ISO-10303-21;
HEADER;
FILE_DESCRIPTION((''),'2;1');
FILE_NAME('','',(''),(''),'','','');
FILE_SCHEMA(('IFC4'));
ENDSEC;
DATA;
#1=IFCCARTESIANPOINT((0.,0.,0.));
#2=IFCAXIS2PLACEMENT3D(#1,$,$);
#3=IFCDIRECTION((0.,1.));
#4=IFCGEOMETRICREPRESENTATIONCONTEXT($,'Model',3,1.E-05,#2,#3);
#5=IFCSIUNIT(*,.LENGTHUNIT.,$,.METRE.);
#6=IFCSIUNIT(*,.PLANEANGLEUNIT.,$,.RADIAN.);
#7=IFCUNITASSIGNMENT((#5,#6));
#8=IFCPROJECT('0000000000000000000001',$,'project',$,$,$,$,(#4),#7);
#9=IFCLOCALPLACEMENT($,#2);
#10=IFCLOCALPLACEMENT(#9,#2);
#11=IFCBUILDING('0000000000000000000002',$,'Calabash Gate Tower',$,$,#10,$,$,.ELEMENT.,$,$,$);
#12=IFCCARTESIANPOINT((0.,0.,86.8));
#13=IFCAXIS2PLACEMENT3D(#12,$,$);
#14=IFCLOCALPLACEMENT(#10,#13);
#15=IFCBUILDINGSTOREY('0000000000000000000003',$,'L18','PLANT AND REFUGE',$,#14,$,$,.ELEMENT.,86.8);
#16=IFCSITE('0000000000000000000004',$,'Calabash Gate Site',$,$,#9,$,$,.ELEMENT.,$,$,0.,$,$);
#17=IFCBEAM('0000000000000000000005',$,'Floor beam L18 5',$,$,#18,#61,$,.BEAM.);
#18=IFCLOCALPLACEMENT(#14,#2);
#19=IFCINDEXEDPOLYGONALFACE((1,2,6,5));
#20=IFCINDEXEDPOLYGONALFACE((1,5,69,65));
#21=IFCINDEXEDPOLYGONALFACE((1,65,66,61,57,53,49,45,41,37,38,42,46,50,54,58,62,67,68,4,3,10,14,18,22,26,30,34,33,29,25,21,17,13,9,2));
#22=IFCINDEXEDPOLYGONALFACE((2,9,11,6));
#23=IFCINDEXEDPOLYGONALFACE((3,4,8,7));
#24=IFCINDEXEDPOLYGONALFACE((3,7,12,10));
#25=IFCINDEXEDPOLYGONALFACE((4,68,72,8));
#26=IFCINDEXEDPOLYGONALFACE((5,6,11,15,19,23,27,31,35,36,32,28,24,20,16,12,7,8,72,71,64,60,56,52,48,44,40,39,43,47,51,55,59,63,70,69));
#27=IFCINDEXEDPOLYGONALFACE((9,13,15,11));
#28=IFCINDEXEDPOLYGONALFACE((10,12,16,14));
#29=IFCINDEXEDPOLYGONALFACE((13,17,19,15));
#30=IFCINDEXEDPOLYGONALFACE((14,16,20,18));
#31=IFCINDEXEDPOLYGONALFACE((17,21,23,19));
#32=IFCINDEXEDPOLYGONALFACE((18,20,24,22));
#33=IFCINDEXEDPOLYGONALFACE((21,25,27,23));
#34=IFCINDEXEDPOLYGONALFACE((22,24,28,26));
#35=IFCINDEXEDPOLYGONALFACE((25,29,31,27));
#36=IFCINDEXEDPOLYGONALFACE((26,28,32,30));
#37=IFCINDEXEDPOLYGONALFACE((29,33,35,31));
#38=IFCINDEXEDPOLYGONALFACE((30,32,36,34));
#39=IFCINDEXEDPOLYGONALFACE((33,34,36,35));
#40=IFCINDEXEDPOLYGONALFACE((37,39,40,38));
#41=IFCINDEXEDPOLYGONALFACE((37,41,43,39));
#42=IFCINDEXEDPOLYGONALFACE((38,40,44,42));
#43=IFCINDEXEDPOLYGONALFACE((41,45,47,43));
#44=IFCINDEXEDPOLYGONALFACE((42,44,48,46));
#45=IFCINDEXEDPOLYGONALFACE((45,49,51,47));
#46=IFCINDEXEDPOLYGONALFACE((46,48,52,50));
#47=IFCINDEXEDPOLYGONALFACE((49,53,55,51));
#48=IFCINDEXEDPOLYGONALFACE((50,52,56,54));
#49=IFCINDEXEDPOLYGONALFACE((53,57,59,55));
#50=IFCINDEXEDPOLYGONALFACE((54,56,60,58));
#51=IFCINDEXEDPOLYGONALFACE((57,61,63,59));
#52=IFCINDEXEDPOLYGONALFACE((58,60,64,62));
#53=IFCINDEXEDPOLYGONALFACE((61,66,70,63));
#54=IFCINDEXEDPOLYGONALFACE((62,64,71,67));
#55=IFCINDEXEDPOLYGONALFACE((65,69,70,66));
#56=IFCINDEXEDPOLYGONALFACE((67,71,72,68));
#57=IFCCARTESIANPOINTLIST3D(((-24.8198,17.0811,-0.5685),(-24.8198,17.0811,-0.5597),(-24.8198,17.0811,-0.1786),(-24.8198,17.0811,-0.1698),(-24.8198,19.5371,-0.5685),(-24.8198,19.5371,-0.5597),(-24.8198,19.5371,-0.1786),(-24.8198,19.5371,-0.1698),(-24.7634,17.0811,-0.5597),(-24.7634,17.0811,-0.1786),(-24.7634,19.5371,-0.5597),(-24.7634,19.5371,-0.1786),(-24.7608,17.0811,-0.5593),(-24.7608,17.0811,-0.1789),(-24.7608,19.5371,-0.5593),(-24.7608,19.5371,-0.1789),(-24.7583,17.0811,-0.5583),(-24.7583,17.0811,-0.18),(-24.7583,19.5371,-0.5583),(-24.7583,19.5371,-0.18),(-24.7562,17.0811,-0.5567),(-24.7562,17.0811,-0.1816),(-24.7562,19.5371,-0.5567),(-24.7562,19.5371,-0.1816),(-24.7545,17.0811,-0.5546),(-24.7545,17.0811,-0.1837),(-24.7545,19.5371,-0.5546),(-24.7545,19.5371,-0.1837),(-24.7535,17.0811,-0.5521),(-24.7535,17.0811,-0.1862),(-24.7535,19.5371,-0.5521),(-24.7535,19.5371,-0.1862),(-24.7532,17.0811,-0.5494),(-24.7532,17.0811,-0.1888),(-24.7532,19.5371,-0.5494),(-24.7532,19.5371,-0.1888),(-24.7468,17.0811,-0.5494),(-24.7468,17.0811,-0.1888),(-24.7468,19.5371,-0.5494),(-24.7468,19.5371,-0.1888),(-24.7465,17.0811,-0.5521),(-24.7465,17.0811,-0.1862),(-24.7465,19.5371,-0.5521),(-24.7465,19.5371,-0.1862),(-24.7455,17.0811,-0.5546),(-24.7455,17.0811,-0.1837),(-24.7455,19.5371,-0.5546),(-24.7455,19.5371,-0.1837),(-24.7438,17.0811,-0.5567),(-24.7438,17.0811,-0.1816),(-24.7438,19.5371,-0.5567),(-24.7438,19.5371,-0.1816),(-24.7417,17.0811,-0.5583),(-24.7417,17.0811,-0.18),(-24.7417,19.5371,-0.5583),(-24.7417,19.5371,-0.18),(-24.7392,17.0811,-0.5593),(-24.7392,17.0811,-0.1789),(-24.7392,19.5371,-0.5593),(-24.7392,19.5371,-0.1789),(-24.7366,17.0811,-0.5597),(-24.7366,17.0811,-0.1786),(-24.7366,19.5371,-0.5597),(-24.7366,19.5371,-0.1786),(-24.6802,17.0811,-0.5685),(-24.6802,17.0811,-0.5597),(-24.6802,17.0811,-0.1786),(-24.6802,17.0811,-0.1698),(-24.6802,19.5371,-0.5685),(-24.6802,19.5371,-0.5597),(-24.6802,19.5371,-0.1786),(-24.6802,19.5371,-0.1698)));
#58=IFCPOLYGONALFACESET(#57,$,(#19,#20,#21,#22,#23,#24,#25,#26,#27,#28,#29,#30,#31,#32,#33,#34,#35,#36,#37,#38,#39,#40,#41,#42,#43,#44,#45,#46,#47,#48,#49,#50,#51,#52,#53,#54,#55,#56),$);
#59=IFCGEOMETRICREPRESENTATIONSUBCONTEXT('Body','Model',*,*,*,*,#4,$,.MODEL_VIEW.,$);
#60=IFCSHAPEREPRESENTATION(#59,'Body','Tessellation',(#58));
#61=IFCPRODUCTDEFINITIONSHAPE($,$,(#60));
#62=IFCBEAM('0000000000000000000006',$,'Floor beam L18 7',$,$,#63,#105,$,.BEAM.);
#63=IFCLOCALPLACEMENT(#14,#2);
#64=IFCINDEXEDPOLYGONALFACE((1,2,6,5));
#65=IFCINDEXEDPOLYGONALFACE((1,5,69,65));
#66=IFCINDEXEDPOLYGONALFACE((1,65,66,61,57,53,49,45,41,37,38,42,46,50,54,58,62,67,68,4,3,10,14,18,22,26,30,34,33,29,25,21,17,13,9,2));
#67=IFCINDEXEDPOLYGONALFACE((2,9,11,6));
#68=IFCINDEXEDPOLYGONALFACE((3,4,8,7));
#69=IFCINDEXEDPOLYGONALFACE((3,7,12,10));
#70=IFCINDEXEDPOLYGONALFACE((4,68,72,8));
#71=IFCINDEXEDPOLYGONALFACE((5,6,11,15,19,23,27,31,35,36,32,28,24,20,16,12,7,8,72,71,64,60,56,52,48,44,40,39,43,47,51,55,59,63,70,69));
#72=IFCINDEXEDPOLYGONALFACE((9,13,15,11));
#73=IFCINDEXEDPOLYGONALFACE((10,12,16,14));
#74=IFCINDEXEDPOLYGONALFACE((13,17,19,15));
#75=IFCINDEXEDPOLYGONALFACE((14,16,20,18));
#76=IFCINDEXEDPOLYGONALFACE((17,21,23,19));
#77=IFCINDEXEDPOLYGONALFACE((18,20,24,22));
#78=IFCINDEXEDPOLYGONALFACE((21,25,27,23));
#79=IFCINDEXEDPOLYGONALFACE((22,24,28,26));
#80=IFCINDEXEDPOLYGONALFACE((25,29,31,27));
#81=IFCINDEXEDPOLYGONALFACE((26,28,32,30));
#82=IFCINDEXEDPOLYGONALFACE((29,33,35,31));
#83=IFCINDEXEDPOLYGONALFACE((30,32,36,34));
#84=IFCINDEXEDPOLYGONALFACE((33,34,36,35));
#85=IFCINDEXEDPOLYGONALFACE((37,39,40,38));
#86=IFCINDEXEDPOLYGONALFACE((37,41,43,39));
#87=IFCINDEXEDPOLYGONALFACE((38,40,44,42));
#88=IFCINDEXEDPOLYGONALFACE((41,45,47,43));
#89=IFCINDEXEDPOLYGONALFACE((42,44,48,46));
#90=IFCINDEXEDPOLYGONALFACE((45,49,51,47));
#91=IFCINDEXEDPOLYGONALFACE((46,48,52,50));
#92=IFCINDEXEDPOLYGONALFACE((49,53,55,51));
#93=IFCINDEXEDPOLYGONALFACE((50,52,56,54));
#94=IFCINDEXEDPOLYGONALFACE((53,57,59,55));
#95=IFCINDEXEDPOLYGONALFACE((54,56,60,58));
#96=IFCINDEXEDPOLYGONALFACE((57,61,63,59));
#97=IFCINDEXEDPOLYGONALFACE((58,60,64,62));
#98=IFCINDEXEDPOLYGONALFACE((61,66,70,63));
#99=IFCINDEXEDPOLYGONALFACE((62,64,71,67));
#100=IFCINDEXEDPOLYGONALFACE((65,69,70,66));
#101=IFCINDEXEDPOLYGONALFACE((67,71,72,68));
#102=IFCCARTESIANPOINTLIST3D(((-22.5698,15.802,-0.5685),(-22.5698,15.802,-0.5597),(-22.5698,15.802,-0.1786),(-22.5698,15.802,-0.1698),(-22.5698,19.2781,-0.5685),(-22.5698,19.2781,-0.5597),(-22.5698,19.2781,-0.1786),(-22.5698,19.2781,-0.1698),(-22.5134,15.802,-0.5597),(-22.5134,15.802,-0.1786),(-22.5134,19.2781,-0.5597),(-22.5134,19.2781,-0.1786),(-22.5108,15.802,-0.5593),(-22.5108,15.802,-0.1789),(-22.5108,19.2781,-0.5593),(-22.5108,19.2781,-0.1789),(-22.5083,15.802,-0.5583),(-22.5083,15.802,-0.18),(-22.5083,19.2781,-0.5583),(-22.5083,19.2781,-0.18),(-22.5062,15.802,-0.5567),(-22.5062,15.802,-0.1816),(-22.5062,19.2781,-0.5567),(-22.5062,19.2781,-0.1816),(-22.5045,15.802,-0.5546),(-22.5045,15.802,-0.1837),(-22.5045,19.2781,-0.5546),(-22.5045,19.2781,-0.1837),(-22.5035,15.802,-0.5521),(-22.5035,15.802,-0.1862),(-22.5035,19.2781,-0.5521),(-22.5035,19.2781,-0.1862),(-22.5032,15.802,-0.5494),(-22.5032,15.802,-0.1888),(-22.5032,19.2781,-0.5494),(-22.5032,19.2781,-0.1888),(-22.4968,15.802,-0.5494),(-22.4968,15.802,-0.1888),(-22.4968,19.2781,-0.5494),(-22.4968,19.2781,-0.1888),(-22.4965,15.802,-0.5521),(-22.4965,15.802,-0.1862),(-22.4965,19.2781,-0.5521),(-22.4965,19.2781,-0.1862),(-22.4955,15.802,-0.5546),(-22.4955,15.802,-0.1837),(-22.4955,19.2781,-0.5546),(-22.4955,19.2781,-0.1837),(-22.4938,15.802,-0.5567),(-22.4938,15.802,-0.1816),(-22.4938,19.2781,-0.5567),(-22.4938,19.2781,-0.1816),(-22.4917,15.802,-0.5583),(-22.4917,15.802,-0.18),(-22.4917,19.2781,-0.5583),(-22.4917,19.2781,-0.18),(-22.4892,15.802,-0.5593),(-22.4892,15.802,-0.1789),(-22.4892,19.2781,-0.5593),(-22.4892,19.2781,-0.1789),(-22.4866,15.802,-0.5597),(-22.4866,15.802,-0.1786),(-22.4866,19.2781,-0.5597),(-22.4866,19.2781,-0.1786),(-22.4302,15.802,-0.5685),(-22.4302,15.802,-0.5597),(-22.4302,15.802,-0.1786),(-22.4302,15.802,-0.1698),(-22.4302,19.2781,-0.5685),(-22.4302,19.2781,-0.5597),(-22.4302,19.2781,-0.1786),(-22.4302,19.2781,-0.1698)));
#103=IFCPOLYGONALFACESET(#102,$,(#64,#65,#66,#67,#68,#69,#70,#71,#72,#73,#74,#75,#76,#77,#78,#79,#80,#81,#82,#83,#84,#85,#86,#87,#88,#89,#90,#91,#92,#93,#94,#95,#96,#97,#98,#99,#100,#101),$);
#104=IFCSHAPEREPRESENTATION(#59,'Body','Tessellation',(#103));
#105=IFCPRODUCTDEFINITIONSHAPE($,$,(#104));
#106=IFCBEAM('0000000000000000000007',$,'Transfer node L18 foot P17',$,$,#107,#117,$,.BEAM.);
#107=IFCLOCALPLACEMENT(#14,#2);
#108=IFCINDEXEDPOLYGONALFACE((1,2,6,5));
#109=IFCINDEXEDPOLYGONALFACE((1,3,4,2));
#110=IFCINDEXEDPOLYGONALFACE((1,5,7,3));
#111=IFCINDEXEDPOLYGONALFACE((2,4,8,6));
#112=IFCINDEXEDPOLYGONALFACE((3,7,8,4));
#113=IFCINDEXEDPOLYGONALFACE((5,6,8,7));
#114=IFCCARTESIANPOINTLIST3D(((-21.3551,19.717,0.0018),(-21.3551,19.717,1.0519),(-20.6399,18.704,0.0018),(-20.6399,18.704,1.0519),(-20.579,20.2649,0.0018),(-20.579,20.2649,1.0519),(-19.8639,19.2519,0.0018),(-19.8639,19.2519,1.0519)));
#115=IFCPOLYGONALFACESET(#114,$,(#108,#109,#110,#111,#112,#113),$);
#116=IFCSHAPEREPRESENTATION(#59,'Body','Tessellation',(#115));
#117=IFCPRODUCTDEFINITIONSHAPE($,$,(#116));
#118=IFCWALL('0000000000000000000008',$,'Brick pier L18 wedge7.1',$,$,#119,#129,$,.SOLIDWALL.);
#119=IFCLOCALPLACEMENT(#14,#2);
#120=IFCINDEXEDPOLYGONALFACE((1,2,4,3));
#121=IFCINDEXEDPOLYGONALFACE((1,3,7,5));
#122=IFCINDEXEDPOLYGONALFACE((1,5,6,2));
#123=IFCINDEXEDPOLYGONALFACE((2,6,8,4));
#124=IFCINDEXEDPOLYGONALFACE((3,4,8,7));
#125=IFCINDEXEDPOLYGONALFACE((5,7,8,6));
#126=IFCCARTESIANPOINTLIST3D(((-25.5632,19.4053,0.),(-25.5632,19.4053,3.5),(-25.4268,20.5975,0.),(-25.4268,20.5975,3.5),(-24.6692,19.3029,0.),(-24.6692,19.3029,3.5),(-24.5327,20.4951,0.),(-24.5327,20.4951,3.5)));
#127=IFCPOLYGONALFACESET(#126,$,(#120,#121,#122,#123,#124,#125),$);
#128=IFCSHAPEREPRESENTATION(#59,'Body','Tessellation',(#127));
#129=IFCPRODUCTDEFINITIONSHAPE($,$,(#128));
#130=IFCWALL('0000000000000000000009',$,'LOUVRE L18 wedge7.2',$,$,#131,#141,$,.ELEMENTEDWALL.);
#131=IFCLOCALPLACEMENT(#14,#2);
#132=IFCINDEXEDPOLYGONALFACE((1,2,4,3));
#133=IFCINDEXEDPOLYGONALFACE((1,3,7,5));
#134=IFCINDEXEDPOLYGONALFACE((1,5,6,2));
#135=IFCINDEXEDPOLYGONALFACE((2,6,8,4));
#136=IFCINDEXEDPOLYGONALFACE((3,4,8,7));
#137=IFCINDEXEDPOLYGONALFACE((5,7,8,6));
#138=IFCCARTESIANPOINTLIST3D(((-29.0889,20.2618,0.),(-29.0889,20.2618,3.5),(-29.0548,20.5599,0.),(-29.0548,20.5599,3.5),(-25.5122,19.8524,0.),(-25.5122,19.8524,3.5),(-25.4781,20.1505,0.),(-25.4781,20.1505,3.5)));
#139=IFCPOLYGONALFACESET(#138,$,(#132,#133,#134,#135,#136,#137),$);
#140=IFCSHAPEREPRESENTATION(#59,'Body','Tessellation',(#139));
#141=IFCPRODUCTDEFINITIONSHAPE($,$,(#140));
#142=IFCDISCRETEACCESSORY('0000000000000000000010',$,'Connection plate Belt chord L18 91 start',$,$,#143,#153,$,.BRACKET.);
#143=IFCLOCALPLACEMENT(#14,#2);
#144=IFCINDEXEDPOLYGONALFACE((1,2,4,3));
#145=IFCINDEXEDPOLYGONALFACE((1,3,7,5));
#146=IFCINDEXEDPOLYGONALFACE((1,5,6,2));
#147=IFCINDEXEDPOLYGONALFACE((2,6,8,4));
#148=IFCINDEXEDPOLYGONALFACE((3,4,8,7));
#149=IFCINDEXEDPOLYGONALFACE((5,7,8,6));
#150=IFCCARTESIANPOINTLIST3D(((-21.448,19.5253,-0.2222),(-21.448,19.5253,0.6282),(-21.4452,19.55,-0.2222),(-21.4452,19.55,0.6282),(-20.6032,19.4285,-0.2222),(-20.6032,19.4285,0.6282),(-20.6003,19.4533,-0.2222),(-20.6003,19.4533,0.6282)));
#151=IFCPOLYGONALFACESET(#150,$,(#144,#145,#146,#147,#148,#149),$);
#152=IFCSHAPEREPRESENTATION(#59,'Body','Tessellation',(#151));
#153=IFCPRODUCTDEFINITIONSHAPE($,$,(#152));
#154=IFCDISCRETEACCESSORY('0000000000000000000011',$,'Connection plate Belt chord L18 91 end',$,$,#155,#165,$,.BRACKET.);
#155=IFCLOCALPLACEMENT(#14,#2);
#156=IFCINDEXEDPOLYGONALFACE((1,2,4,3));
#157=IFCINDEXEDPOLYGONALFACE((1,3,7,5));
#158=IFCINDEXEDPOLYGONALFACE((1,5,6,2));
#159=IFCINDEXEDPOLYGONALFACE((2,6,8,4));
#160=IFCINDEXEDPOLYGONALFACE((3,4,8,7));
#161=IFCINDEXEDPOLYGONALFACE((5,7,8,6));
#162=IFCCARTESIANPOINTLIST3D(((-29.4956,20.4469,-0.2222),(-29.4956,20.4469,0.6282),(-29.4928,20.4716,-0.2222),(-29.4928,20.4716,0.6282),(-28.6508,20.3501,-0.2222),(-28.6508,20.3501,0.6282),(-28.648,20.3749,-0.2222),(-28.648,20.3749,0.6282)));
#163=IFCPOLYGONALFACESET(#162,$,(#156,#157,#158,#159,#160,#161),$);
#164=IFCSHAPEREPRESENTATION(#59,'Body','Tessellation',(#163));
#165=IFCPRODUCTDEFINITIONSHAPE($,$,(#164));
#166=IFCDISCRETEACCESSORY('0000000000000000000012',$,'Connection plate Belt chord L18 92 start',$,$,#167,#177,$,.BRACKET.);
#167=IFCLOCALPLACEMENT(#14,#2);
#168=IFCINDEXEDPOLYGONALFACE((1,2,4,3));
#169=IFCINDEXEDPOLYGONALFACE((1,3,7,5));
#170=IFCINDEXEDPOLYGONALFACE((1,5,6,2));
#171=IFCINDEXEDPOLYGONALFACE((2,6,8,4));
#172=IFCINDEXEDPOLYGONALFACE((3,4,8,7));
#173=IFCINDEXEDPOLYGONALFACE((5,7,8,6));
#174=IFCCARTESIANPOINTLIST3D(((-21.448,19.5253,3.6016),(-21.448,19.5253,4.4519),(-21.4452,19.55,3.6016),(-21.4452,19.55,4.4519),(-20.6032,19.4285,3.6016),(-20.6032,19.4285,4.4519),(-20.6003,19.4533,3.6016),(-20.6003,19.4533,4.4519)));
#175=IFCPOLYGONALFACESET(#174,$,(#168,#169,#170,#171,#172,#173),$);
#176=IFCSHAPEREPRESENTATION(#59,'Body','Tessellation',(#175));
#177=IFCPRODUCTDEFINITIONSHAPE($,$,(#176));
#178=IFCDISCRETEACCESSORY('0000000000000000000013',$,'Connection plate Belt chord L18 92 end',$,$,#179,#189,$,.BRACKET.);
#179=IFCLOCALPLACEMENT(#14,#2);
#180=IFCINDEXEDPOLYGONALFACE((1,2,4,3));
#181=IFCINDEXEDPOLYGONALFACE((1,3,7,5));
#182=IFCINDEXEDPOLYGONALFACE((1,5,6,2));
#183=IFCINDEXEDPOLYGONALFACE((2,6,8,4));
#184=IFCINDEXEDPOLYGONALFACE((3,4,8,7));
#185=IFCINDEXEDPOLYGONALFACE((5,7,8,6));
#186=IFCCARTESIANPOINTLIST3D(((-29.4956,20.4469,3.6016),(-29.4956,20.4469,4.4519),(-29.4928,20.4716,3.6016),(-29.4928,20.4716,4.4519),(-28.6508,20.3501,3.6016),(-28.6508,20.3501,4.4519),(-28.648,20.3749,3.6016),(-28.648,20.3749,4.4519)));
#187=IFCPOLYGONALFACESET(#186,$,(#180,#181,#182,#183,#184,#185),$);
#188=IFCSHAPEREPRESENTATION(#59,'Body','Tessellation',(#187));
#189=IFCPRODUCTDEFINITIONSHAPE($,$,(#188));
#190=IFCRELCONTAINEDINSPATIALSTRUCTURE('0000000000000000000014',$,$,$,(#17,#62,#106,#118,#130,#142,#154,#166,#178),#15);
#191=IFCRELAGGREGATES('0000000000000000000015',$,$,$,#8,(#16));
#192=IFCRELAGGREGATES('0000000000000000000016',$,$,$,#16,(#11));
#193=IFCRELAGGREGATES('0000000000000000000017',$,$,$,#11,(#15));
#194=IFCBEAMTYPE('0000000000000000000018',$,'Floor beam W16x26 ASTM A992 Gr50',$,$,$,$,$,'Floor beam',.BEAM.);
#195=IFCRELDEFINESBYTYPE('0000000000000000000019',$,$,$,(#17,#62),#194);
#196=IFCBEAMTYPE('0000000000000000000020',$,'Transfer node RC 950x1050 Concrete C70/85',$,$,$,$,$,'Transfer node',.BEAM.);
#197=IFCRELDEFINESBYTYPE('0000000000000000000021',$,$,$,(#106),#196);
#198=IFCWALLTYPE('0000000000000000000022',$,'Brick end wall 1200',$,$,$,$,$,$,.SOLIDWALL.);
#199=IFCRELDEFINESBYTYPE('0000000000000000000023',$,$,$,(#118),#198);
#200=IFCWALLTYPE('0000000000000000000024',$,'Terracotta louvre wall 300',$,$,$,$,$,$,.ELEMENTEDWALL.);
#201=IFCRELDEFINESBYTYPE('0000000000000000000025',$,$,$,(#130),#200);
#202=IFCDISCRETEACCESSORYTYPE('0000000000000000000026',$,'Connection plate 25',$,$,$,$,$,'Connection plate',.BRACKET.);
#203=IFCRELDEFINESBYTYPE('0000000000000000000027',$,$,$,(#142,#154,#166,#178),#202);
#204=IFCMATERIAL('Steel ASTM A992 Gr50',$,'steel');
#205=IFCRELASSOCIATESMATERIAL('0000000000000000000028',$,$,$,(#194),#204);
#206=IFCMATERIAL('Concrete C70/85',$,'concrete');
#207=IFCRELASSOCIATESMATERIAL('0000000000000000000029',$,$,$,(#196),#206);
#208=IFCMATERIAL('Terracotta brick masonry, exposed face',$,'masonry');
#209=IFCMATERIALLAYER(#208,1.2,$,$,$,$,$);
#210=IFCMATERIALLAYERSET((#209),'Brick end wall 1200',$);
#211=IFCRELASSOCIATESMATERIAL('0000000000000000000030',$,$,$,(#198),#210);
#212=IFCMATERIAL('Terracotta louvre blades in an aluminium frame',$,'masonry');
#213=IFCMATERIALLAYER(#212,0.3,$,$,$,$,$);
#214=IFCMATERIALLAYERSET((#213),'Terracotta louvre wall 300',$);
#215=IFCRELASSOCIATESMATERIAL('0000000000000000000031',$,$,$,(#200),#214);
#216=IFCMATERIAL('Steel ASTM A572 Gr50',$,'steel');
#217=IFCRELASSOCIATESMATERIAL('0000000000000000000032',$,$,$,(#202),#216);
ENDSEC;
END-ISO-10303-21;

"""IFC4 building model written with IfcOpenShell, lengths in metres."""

from ifc_helpers import new_model, si_unit, direction, frame, frame_2d, origin, origin_2d, place, context, subcontext, project, spatial, rectangle, i_section, extrude, material, layer, layer_set, material_profile, profile_set, type_object, element, save


model = new_model("IFC4")

# Units and contexts
model_context = context("Model", 3, precision=1e-05, world=origin(), true_north=direction((0.0, 1.0)))
body_context = subcontext(model_context, "Body", "Model", "MODEL_VIEW")
ifc_project = project(units=[si_unit("LENGTHUNIT", "METRE"), si_unit("PLANEANGLEUNIT", "RADIAN")], contexts=[model_context])

# Site, building, storey
site_placement = place(None, origin())
site = spatial("IfcSite", under=ifc_project, at=site_placement, Name="Calabash Gate Site", CompositionType="ELEMENT", RefElevation=0.0)
building_placement = place(site_placement, origin())
building = spatial("IfcBuilding", under=site, at=building_placement, Name="Calabash Gate Tower", CompositionType="ELEMENT")
storey_placement = place(building_placement, frame((0.0, 0.0, 86.8)))
storey = spatial("IfcBuildingStorey", under=building, at=storey_placement, Name="L18", Description="PLANT AND REFUGE", CompositionType="ELEMENT", Elevation=86.8)

# Beams
ifc_material_1 = material(Name="Steel ASTM A992 Gr50", Category="steel")
ifc_material_profile_1 = material_profile(ifc_material_1, i_section(OverallWidth=0.1396, OverallDepth=0.3987, WebThickness=0.0063, FlangeThickness=0.0088, FilletRadius=0.0103, at=origin_2d()))
ifc_profile_set_1 = profile_set([ifc_material_profile_1], Name="Steel ASTM A992 Gr50")
beam_type_1 = type_object("IfcBeamType", Name="Floor beam W16x26 ASTM A992 Gr50", ElementType="Floor beam", PredefinedType="BEAM", material=ifc_profile_set_1)
beam_1_placement = place(storey_placement, frame((-24.75, 17.0811, -0.3691), z_axis=(0.0, 1.0, 0.0), x_axis=(-1.0, 0.0, 0.0)))
element("IfcBeam", 1, at=beam_1_placement, inside=storey, type_object=beam_type_1, Name="Floor beam L18 5", PredefinedType="BEAM", context=body_context, shape_type="SweptSolid", body=[
    extrude(i_section(OverallWidth=0.1396, OverallDepth=0.3987, WebThickness=0.0063, FlangeThickness=0.0088, FilletRadius=0.0103, at=origin_2d()), origin(), (0.0, 0.0, 1.0), 2.4561),
])
beam_2_placement = place(storey_placement, frame((-22.5, 15.802, -0.3691), z_axis=(0.0, 1.0, 0.0), x_axis=(-1.0, 0.0, 0.0)))
element("IfcBeam", 2, at=beam_2_placement, inside=storey, type_object=beam_type_1, Name="Floor beam L18 7", PredefinedType="BEAM", context=body_context, shape_type="SweptSolid", body=[
    extrude(i_section(OverallWidth=0.1396, OverallDepth=0.3987, WebThickness=0.0063, FlangeThickness=0.0088, FilletRadius=0.0103, at=origin_2d()), origin(), (0.0, 0.0, 1.0), 3.4761),
])
ifc_material_2 = material(Name="Concrete C70/85", Category="concrete")
ifc_material_profile_2 = material_profile(ifc_material_2, rectangle(XDim=0.95, YDim=1.05, at=origin_2d()))
ifc_profile_set_2 = profile_set([ifc_material_profile_2], Name="Concrete C70/85")
beam_type_2 = type_object("IfcBeamType", Name="Transfer node RC 950x1050 Concrete C70/85", ElementType="Transfer node", PredefinedType="BEAM", material=ifc_profile_set_2)
beam_3_placement = place(storey_placement, frame((-20.967, 19.991, 0.5269), z_axis=(0.576722, -0.816941, 0.0), x_axis=(0.816941, 0.576722, 0.0)))
element("IfcBeam", 3, at=beam_3_placement, inside=storey, type_object=beam_type_2, Name="Transfer node L18 foot P17", PredefinedType="BEAM", context=body_context, shape_type="SweptSolid", body=[
    extrude(rectangle(XDim=0.95, YDim=1.05, at=origin_2d()), origin(), (0.0, 0.0, 1.0), 1.24),
])

# Walls
ifc_material_3 = material(Name="Terracotta brick masonry, exposed face", Category="masonry")
ifc_layer_1 = layer(ifc_material_3, 1.2)
ifc_layer_set_1 = layer_set([ifc_layer_1], Name="Brick end wall 1200")
wall_type_1 = type_object("IfcWallType", Name="Brick end wall 1200", PredefinedType="SOLIDWALL", material=ifc_layer_set_1)
wall_1_placement = place(storey_placement, frame((-25.1162, 19.354, 0.0), z_axis=(0.0, 0.0, 1.0), x_axis=(0.113736, 0.993511, 0.0)))
element("IfcWall", 4, at=wall_1_placement, inside=storey, type_object=wall_type_1, Name="Brick pier L18 wedge7.1", PredefinedType="SOLIDWALL", context=body_context, shape_type="SweptSolid", body=[
    extrude(rectangle(XDim=1.2, YDim=0.8999, at=frame_2d((0.6001, 0.0))), origin(), (0.0, 0.0, 1.0), 3.5),
])
ifc_material_4 = material(Name="Terracotta louvre blades in an aluminium frame", Category="masonry")
ifc_layer_2 = layer(ifc_material_4, 0.3)
ifc_layer_set_2 = layer_set([ifc_layer_2], Name="Terracotta louvre wall 300")
wall_type_2 = type_object("IfcWallType", Name="Terracotta louvre wall 300", PredefinedType="ELEMENTEDWALL", material=ifc_layer_set_2)
wall_2_placement = place(storey_placement, frame((-25.4951, 20.0015, 0.0), z_axis=(0.0, 0.0, 1.0), x_axis=(-0.993512, 0.113728, 0.0)))
element("IfcWall", 5, at=wall_2_placement, inside=storey, type_object=wall_type_2, Name="LOUVRE L18 wedge7.2", PredefinedType="ELEMENTEDWALL", context=body_context, shape_type="SweptSolid", body=[
    extrude(rectangle(XDim=3.6001, YDim=0.3, at=frame_2d((1.8, 0.0))), origin(), (0.0, 0.0, 1.0), 3.5),
])

# Discrete accessories
ifc_material_5 = material(Name="Steel ASTM A572 Gr50", Category="steel")
discrete_accessory_type = type_object("IfcDiscreteAccessoryType", Name="Connection plate 25", ElementType="Connection plate", PredefinedType="BRACKET", material=ifc_material_5)
for number, where, z_axis, x_axis, name in (
    (6, (-21.0242, 19.4893, -0.2222), (0.0, 0.0, 1.0), (-0.993506, 0.113777, 0.0), "Connection plate Belt chord L18 91 start"),
    (7, (-29.0718, 20.4109, -0.2222), (0.0, 0.0, 1.0), (-0.993506, 0.113777, 0.0), "Connection plate Belt chord L18 91 end"),
    (8, (-21.0242, 19.4893, 3.6016), (0.0, 0.0, 1.0), (-0.993506, 0.113777, 0.0), "Connection plate Belt chord L18 92 start"),
    (9, (-29.0718, 20.4109, 3.6016), (0.0, 0.0, 1.0), (-0.993506, 0.113777, 0.0), "Connection plate Belt chord L18 92 end"),
):
    element("IfcDiscreteAccessory", number, at=place(storey_placement, frame(where, z_axis=z_axis, x_axis=x_axis)), inside=storey, type_object=discrete_accessory_type, Name=name, PredefinedType="BRACKET", context=body_context, shape_type="SweptSolid", body=[
        extrude(rectangle(XDim=0.8503, YDim=0.0249, at=origin_2d()), origin(), (0.0, 0.0, 1.0), 0.8503),
    ])

save(model, "model.ifc")
